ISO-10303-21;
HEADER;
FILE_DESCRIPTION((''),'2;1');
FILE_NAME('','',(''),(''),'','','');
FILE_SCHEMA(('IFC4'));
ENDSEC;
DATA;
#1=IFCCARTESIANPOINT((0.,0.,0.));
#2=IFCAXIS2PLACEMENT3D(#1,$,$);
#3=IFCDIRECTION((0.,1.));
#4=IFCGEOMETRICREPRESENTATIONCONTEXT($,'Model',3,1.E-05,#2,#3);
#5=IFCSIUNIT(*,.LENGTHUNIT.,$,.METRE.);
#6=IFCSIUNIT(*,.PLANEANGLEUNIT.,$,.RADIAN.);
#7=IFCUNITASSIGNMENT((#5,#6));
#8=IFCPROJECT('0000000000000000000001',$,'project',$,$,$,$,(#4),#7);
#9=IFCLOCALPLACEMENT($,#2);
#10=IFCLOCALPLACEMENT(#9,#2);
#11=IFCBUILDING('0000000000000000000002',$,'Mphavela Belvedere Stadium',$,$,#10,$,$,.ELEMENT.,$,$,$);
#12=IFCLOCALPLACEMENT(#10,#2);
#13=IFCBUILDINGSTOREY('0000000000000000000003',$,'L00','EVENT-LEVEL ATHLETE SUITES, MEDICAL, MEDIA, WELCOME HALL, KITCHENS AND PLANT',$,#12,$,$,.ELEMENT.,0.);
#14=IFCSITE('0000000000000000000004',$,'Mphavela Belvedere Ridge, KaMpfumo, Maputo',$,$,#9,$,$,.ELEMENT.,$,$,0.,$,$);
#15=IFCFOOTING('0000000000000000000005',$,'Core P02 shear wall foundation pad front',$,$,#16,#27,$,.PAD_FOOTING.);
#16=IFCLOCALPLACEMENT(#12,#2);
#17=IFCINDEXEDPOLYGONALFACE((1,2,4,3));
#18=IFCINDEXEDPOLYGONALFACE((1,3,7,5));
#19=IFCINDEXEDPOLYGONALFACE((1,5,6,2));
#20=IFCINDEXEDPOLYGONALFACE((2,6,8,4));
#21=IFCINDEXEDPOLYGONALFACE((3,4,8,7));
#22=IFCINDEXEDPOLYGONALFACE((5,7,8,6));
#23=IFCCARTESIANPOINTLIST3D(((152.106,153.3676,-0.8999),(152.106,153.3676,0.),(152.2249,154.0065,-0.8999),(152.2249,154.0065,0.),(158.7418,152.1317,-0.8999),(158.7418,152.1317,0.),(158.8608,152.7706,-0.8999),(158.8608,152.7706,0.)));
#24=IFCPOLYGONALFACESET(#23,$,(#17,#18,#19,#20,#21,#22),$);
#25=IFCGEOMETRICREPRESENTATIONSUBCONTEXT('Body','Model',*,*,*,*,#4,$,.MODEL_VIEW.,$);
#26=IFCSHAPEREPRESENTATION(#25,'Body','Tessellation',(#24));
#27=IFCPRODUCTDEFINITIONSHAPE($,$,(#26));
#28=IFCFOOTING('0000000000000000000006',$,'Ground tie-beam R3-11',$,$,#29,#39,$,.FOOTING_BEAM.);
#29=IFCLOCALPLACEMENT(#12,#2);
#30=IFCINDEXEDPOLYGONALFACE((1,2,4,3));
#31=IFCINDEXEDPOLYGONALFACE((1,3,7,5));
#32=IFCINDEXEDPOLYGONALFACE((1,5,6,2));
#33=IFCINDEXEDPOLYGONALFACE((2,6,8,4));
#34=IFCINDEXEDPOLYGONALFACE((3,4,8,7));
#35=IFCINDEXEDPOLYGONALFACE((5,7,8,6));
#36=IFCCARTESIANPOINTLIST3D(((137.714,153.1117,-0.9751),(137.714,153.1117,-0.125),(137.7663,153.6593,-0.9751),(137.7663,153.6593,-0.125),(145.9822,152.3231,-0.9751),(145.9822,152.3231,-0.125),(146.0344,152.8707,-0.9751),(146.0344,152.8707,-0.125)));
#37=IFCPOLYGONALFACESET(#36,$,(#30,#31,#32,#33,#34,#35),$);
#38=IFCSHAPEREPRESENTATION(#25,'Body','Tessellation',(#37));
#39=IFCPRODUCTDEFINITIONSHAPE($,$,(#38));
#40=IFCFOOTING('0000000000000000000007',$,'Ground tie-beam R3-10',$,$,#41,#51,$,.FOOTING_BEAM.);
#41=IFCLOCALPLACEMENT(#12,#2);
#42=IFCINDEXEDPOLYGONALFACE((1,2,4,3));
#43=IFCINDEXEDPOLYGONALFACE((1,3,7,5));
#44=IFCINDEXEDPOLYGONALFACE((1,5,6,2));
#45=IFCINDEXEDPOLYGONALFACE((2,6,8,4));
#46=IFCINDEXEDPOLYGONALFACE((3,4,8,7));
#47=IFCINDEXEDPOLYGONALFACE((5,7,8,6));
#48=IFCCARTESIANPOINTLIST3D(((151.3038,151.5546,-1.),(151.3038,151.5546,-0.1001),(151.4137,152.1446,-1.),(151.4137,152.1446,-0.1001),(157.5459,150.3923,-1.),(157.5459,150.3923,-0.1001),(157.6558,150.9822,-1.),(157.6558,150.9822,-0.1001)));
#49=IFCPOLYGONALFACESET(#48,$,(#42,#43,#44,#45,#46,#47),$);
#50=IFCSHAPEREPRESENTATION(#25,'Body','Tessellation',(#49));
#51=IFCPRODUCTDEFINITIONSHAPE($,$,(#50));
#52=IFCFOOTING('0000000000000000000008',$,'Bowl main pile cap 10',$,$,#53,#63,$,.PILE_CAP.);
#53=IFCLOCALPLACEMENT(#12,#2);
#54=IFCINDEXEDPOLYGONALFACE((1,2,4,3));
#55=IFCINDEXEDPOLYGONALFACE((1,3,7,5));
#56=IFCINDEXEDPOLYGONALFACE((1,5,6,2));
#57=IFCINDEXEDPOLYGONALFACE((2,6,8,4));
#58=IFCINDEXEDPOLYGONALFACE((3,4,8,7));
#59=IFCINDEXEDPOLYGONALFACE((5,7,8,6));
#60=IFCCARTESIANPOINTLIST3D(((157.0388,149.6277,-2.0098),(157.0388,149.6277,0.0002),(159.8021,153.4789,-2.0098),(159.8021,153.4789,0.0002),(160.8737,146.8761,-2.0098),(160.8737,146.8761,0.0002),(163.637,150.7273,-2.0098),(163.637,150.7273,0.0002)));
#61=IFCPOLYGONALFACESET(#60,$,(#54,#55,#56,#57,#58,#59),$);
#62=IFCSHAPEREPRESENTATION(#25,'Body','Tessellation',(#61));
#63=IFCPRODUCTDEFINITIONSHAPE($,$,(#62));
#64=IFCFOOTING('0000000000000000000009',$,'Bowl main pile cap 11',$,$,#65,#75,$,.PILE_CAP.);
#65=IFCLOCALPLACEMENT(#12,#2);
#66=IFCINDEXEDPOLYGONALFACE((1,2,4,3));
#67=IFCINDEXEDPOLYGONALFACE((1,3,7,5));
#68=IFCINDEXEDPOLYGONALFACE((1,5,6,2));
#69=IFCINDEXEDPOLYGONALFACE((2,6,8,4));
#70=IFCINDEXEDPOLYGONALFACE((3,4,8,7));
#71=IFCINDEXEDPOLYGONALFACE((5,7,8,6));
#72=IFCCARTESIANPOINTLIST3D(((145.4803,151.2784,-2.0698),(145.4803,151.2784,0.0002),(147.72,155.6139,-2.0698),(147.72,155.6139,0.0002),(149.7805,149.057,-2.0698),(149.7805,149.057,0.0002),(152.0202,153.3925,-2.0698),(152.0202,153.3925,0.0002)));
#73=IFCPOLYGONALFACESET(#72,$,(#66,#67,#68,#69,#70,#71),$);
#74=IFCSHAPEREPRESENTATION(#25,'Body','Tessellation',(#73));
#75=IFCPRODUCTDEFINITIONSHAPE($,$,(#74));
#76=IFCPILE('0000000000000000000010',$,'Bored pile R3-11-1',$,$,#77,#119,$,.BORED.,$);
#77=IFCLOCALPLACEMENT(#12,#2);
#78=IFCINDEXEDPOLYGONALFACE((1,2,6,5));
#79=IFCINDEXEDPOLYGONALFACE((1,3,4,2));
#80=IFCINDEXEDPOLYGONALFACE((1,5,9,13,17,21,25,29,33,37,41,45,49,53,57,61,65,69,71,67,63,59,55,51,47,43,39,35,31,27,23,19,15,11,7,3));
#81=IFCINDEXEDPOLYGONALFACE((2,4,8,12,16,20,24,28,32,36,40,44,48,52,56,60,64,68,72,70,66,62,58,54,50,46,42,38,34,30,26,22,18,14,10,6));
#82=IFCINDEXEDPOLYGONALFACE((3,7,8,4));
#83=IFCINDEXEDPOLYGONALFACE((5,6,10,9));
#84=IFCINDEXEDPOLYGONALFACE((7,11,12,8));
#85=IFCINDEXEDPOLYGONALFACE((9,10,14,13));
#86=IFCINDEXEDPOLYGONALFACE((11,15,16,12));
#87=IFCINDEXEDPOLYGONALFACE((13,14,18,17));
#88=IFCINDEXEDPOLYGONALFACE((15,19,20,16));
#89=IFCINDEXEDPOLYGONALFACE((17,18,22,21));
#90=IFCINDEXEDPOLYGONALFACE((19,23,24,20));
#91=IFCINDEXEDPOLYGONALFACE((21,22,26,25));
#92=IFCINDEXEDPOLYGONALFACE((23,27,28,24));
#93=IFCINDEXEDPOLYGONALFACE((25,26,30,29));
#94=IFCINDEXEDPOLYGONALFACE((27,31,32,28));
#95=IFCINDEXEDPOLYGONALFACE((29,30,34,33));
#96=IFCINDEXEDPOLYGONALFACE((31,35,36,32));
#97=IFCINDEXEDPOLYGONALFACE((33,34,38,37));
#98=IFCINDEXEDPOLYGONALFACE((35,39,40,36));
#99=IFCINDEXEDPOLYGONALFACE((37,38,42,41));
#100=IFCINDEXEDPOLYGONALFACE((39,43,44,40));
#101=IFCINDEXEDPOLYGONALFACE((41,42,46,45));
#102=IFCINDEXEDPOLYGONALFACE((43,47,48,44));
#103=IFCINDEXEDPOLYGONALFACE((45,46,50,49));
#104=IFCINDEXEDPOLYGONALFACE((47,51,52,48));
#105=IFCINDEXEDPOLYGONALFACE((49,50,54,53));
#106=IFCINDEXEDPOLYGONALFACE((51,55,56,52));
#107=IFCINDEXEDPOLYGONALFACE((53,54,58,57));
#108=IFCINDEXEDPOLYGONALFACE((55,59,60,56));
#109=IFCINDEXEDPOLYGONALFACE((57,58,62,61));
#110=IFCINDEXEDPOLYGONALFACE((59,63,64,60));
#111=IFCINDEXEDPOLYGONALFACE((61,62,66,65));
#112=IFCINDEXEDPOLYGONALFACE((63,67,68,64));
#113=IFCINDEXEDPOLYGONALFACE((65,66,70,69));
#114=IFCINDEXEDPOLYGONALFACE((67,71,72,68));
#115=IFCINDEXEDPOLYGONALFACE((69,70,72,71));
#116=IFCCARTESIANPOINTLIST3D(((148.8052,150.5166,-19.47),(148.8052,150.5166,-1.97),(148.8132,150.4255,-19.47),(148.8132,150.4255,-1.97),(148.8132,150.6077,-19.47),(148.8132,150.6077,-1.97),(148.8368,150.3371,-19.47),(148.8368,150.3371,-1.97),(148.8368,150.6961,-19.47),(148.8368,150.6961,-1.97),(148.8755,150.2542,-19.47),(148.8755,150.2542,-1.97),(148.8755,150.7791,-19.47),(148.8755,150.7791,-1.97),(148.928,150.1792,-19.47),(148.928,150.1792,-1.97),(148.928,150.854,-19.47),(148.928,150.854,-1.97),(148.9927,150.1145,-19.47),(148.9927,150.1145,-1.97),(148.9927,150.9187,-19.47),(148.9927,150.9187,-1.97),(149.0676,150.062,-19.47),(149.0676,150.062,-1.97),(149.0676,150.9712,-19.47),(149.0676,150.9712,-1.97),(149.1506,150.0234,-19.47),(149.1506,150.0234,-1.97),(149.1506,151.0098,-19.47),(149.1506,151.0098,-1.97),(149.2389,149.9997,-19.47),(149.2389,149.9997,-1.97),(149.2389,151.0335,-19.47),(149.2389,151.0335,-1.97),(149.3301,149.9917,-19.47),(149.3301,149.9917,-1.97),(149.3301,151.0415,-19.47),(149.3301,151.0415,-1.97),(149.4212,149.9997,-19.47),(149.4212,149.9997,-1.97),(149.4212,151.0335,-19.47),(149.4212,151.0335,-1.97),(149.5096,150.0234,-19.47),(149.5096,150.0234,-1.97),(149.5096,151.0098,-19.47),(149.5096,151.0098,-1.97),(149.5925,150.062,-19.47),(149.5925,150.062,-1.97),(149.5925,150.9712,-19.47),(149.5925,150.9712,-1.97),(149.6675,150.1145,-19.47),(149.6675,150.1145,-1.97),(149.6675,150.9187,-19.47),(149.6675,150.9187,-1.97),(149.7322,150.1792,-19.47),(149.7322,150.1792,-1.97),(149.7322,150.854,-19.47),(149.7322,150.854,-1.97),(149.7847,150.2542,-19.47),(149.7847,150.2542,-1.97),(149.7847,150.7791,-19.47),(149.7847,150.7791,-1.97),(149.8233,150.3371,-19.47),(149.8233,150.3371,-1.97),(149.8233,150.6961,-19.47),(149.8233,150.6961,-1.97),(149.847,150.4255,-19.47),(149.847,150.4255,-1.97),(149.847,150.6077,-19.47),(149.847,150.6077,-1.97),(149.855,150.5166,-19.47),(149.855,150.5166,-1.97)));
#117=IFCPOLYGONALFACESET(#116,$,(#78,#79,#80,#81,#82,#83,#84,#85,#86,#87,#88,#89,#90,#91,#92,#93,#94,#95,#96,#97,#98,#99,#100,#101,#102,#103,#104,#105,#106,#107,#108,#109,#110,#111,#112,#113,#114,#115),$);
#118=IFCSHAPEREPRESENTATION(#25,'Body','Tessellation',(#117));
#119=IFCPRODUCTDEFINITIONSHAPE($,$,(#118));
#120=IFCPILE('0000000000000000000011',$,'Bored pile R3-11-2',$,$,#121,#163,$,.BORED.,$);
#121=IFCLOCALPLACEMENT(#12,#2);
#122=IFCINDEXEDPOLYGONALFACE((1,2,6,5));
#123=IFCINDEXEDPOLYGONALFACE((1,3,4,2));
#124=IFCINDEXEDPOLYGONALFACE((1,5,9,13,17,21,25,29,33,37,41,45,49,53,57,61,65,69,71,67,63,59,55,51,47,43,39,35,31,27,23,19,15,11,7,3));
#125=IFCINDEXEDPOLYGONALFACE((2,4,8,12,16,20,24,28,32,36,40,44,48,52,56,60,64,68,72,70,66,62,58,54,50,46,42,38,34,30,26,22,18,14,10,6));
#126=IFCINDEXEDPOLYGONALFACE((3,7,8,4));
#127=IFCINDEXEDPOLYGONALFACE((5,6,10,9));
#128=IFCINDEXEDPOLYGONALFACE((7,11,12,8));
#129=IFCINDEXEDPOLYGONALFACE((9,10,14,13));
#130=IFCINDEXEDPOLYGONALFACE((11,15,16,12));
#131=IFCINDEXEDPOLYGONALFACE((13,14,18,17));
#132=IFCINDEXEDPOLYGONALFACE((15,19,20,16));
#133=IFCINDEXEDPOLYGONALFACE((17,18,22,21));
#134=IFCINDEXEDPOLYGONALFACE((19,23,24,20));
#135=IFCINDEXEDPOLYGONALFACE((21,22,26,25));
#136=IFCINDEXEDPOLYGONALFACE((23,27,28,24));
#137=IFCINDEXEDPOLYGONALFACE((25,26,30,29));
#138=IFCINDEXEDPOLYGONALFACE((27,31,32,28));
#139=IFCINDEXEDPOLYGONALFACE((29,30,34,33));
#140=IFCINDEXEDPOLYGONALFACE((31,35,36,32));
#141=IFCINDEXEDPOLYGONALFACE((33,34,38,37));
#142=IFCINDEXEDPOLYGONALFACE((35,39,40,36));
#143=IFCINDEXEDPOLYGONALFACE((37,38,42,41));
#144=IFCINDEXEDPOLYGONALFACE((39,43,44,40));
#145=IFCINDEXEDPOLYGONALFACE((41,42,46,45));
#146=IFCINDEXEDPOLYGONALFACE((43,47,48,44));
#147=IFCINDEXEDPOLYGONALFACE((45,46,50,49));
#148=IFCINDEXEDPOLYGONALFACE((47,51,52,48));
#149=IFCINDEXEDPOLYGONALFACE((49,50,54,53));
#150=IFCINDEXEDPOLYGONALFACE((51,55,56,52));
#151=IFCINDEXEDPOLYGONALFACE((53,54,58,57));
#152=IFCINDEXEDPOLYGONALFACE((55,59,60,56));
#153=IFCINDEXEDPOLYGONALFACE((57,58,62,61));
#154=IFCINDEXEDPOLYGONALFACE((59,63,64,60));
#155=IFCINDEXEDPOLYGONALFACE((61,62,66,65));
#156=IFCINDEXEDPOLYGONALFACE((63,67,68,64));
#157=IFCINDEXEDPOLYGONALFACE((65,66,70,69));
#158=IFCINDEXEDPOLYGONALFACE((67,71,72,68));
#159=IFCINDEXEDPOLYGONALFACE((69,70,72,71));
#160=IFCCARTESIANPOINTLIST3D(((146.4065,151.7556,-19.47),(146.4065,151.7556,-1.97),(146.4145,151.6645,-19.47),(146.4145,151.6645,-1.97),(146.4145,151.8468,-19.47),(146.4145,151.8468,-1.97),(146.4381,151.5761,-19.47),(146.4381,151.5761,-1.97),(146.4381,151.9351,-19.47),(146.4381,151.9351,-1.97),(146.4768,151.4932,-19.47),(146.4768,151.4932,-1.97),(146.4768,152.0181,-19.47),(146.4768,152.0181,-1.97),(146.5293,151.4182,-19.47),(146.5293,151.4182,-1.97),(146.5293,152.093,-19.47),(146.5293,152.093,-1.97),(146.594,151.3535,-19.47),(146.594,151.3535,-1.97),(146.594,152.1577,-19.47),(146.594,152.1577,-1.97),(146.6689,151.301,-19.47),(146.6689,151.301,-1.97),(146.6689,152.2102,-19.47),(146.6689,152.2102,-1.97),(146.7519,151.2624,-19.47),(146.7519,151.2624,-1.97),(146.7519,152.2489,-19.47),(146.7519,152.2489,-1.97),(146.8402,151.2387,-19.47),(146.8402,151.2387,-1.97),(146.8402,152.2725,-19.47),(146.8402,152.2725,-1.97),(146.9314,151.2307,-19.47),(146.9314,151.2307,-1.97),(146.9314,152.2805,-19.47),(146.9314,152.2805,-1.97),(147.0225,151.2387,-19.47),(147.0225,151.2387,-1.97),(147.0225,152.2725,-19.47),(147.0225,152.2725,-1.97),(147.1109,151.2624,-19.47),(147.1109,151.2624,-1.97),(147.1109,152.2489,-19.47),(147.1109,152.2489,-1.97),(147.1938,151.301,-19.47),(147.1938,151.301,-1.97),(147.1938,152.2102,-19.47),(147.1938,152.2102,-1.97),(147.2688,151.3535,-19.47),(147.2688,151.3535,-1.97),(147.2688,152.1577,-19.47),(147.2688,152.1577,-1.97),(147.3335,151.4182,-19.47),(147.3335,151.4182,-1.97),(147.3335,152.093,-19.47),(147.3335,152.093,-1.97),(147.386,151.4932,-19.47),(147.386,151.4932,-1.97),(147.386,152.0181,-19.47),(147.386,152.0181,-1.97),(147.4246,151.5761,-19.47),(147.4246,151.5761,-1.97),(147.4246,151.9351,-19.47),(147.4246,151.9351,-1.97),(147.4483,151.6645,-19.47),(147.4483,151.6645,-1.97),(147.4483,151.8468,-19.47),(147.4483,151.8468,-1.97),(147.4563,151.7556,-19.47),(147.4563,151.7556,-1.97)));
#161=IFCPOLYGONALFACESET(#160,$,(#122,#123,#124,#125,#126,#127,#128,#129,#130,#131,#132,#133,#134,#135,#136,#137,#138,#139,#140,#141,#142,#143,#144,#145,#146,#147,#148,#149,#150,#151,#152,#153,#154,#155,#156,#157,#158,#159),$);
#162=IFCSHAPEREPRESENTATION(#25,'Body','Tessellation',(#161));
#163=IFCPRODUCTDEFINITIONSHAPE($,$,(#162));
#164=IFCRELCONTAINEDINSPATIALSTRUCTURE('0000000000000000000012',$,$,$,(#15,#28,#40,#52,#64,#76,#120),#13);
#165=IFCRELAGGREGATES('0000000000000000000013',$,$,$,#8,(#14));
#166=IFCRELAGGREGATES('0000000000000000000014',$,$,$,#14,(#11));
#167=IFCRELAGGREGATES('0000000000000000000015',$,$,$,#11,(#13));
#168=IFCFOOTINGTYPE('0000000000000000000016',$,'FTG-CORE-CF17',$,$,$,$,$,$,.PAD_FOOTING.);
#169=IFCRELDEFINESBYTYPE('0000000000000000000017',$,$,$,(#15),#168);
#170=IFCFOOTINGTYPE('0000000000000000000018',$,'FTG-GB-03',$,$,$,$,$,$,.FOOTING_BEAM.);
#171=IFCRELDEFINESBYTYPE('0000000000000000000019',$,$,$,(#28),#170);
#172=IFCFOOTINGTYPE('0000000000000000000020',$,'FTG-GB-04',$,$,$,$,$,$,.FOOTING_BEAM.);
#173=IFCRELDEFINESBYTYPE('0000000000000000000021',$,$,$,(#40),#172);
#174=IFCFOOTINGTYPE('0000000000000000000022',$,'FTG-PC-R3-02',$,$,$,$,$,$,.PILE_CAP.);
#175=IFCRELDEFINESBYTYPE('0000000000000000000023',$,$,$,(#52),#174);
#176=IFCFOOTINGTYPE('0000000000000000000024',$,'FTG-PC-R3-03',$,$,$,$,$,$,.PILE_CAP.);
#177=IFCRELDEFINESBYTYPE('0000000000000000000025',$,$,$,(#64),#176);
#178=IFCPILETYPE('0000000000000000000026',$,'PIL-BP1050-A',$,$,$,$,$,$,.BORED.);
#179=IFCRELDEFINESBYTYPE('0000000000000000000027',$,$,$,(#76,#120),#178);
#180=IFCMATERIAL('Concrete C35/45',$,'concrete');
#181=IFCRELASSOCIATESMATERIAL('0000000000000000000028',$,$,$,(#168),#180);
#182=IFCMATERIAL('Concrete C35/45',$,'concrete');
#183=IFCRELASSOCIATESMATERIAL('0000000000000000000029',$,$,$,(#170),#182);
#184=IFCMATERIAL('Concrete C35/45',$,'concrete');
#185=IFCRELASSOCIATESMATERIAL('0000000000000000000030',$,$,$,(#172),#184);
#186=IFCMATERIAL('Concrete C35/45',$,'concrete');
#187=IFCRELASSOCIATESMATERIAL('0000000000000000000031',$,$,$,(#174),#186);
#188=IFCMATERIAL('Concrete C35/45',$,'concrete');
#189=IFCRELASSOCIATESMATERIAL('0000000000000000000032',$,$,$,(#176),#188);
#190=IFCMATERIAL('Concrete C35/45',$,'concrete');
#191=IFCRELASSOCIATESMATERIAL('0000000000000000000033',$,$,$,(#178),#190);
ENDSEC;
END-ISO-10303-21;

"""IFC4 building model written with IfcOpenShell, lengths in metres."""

from ifc_helpers import new_model, si_unit, direction, frame, origin, origin_2d, place, context, subcontext, project, spatial, rectangle, circle, extrude, material, material_profile, profile_set, type_object, element, save


model = new_model("IFC4")

# Units and contexts
model_context = context("Model", 3, precision=1e-05, world=origin(), true_north=direction((0.0, 1.0)))
body_context = subcontext(model_context, "Body", "Model", "MODEL_VIEW")
ifc_project = project(units=[si_unit("LENGTHUNIT", "METRE"), si_unit("PLANEANGLEUNIT", "RADIAN")], contexts=[model_context])

# Site, building, storey
site_placement = place(None, origin())
site = spatial("IfcSite", under=ifc_project, at=site_placement, Name="Mphavela Belvedere Ridge, KaMpfumo, Maputo", CompositionType="ELEMENT", RefElevation=0.0)
building_placement = place(site_placement, origin())
building = spatial("IfcBuilding", under=site, at=building_placement, Name="Mphavela Belvedere Stadium", CompositionType="ELEMENT")
storey_placement = place(building_placement, origin())
storey = spatial("IfcBuildingStorey", under=building, at=storey_placement, Name="L00", Description="EVENT-LEVEL ATHLETE SUITES, MEDICAL, MEDIA, WELCOME HALL, KITCHENS AND PLANT", CompositionType="ELEMENT", Elevation=0.0)

# Footings
ifc_material_1 = material(Name="Concrete C35/45", Category="concrete")
footing_type_1 = type_object("IfcFootingType", Name="FTG-CORE-CF17", PredefinedType="PAD_FOOTING", material=ifc_material_1)
footing_1_placement = place(storey_placement, frame((155.4834, 153.0691, -0.8999), z_axis=(0.0, 0.0, 1.0), x_axis=(0.983096, -0.183094, 0.0)))
element("IfcFooting", 1, at=footing_1_placement, inside=storey, type_object=footing_type_1, Name="Core P02 shear wall foundation pad front", PredefinedType="PAD_FOOTING", context=body_context, shape_type="SweptSolid", body=[
    extrude(rectangle(XDim=6.75, YDim=0.6499, at=origin_2d()), origin(), (0.0, 0.0, 1.0), 0.8999),
])
ifc_material_2 = material(Name="Concrete C35/45", Category="concrete")
ifc_material_profile_1 = material_profile(ifc_material_2, rectangle(XDim=0.55, YDim=0.8501, at=origin_2d()), Name="GB 550x850")
ifc_profile_set_1 = profile_set([ifc_material_profile_1], Name="Concrete C35/45")
footing_type_2 = type_object("IfcFootingType", Name="FTG-GB-03", PredefinedType="FOOTING_BEAM", material=ifc_profile_set_1)
footing_2_placement = place(storey_placement, frame((146.0083, 152.5969, -0.55), z_axis=(-0.995483, 0.094945, 0.0), x_axis=(-0.094945, -0.995483, 0.0)))
element("IfcFooting", 2, at=footing_2_placement, inside=storey, type_object=footing_type_2, Name="Ground tie-beam R3-11", PredefinedType="FOOTING_BEAM", context=body_context, shape_type="SweptSolid", body=[
    extrude(rectangle(XDim=0.55, YDim=0.8501, at=origin_2d()), origin(), (0.0, 0.0, 1.0), 8.3057),
])
ifc_material_3 = material(Name="Concrete C35/45", Category="concrete")
ifc_material_profile_2 = material_profile(ifc_material_3, rectangle(XDim=0.6001, YDim=0.8999, at=origin_2d()), Name="GB 600x900")
ifc_profile_set_2 = profile_set([ifc_material_profile_2], Name="Concrete C35/45")
footing_type_3 = type_object("IfcFootingType", Name="FTG-GB-04", PredefinedType="FOOTING_BEAM", material=ifc_profile_set_2)
footing_3_placement = place(storey_placement, frame((157.6008, 150.6873, -0.55), z_axis=(-0.983101, 0.183063, 0.0), x_axis=(-0.183063, -0.983101, 0.0)))
element("IfcFooting", 3, at=footing_3_placement, inside=storey, type_object=footing_type_3, Name="Ground tie-beam R3-10", PredefinedType="FOOTING_BEAM", context=body_context, shape_type="SweptSolid", body=[
    extrude(rectangle(XDim=0.6001, YDim=0.8999, at=origin_2d()), origin(), (0.0, 0.0, 1.0), 6.3494),
])
ifc_material_4 = material(Name="Concrete C35/45", Category="concrete")
footing_type_4 = type_object("IfcFootingType", Name="FTG-PC-R3-02", PredefinedType="PILE_CAP", material=ifc_material_4)
footing_4_placement = place(storey_placement, frame((160.3379, 150.1775, -2.0098), z_axis=(0.0, 0.0, 1.0), x_axis=(0.582974, 0.812491, 0.0)))
element("IfcFooting", 4, at=footing_4_placement, inside=storey, type_object=footing_type_4, Name="Bowl main pile cap 10", PredefinedType="PILE_CAP", context=body_context, shape_type="SweptSolid", body=[
    extrude(rectangle(XDim=4.74, YDim=4.72, at=origin_2d()), origin(), (0.0, 0.0, 1.0), 2.01),
])
ifc_material_5 = material(Name="Concrete C35/45", Category="concrete")
footing_type_5 = type_object("IfcFootingType", Name="FTG-PC-R3-03", PredefinedType="PILE_CAP", material=ifc_material_5)
footing_5_placement = place(storey_placement, frame((148.7502, 152.3354, -2.0698), z_axis=(0.0, 0.0, 1.0), x_axis=(0.45896, 0.888457, 0.0)))
element("IfcFooting", 5, at=footing_5_placement, inside=storey, type_object=footing_type_5, Name="Bowl main pile cap 11", PredefinedType="PILE_CAP", context=body_context, shape_type="SweptSolid", body=[
    extrude(rectangle(XDim=4.8799, YDim=4.8401, at=origin_2d()), origin(), (0.0, 0.0, 1.0), 2.0701),
])

# Piles
ifc_material_6 = material(Name="Concrete C35/45", Category="concrete")
ifc_material_profile_3 = material_profile(ifc_material_6, circle(Radius=0.5249, at=origin_2d()), Name="BP D1050")
ifc_profile_set_3 = profile_set([ifc_material_profile_3], Name="Concrete C35/45")
pile_type_1 = type_object("IfcPileType", Name="PIL-BP1050-A", PredefinedType="BORED", material=ifc_profile_set_3)
for number, where, z_axis, x_axis, name in (
    (6, (149.3301, 150.5166, -1.97), (0.0, 0.0, -1.0), (1.0, 0.0, 0.0), "Bored pile R3-11-1"),
    (7, (146.9314, 151.7556, -1.97), (0.0, 0.0, -1.0), (1.0, 0.0, 0.0), "Bored pile R3-11-2"),
):
    element("IfcPile", number, at=place(storey_placement, frame(where, z_axis=z_axis, x_axis=x_axis)), inside=storey, type_object=pile_type_1, Name=name, PredefinedType="BORED", context=body_context, shape_type="SweptSolid", body=[
        extrude(circle(Radius=0.5249, at=origin_2d()), origin(), (0.0, 0.0, 1.0), 17.5),
    ])

save(model, "model.ifc")
